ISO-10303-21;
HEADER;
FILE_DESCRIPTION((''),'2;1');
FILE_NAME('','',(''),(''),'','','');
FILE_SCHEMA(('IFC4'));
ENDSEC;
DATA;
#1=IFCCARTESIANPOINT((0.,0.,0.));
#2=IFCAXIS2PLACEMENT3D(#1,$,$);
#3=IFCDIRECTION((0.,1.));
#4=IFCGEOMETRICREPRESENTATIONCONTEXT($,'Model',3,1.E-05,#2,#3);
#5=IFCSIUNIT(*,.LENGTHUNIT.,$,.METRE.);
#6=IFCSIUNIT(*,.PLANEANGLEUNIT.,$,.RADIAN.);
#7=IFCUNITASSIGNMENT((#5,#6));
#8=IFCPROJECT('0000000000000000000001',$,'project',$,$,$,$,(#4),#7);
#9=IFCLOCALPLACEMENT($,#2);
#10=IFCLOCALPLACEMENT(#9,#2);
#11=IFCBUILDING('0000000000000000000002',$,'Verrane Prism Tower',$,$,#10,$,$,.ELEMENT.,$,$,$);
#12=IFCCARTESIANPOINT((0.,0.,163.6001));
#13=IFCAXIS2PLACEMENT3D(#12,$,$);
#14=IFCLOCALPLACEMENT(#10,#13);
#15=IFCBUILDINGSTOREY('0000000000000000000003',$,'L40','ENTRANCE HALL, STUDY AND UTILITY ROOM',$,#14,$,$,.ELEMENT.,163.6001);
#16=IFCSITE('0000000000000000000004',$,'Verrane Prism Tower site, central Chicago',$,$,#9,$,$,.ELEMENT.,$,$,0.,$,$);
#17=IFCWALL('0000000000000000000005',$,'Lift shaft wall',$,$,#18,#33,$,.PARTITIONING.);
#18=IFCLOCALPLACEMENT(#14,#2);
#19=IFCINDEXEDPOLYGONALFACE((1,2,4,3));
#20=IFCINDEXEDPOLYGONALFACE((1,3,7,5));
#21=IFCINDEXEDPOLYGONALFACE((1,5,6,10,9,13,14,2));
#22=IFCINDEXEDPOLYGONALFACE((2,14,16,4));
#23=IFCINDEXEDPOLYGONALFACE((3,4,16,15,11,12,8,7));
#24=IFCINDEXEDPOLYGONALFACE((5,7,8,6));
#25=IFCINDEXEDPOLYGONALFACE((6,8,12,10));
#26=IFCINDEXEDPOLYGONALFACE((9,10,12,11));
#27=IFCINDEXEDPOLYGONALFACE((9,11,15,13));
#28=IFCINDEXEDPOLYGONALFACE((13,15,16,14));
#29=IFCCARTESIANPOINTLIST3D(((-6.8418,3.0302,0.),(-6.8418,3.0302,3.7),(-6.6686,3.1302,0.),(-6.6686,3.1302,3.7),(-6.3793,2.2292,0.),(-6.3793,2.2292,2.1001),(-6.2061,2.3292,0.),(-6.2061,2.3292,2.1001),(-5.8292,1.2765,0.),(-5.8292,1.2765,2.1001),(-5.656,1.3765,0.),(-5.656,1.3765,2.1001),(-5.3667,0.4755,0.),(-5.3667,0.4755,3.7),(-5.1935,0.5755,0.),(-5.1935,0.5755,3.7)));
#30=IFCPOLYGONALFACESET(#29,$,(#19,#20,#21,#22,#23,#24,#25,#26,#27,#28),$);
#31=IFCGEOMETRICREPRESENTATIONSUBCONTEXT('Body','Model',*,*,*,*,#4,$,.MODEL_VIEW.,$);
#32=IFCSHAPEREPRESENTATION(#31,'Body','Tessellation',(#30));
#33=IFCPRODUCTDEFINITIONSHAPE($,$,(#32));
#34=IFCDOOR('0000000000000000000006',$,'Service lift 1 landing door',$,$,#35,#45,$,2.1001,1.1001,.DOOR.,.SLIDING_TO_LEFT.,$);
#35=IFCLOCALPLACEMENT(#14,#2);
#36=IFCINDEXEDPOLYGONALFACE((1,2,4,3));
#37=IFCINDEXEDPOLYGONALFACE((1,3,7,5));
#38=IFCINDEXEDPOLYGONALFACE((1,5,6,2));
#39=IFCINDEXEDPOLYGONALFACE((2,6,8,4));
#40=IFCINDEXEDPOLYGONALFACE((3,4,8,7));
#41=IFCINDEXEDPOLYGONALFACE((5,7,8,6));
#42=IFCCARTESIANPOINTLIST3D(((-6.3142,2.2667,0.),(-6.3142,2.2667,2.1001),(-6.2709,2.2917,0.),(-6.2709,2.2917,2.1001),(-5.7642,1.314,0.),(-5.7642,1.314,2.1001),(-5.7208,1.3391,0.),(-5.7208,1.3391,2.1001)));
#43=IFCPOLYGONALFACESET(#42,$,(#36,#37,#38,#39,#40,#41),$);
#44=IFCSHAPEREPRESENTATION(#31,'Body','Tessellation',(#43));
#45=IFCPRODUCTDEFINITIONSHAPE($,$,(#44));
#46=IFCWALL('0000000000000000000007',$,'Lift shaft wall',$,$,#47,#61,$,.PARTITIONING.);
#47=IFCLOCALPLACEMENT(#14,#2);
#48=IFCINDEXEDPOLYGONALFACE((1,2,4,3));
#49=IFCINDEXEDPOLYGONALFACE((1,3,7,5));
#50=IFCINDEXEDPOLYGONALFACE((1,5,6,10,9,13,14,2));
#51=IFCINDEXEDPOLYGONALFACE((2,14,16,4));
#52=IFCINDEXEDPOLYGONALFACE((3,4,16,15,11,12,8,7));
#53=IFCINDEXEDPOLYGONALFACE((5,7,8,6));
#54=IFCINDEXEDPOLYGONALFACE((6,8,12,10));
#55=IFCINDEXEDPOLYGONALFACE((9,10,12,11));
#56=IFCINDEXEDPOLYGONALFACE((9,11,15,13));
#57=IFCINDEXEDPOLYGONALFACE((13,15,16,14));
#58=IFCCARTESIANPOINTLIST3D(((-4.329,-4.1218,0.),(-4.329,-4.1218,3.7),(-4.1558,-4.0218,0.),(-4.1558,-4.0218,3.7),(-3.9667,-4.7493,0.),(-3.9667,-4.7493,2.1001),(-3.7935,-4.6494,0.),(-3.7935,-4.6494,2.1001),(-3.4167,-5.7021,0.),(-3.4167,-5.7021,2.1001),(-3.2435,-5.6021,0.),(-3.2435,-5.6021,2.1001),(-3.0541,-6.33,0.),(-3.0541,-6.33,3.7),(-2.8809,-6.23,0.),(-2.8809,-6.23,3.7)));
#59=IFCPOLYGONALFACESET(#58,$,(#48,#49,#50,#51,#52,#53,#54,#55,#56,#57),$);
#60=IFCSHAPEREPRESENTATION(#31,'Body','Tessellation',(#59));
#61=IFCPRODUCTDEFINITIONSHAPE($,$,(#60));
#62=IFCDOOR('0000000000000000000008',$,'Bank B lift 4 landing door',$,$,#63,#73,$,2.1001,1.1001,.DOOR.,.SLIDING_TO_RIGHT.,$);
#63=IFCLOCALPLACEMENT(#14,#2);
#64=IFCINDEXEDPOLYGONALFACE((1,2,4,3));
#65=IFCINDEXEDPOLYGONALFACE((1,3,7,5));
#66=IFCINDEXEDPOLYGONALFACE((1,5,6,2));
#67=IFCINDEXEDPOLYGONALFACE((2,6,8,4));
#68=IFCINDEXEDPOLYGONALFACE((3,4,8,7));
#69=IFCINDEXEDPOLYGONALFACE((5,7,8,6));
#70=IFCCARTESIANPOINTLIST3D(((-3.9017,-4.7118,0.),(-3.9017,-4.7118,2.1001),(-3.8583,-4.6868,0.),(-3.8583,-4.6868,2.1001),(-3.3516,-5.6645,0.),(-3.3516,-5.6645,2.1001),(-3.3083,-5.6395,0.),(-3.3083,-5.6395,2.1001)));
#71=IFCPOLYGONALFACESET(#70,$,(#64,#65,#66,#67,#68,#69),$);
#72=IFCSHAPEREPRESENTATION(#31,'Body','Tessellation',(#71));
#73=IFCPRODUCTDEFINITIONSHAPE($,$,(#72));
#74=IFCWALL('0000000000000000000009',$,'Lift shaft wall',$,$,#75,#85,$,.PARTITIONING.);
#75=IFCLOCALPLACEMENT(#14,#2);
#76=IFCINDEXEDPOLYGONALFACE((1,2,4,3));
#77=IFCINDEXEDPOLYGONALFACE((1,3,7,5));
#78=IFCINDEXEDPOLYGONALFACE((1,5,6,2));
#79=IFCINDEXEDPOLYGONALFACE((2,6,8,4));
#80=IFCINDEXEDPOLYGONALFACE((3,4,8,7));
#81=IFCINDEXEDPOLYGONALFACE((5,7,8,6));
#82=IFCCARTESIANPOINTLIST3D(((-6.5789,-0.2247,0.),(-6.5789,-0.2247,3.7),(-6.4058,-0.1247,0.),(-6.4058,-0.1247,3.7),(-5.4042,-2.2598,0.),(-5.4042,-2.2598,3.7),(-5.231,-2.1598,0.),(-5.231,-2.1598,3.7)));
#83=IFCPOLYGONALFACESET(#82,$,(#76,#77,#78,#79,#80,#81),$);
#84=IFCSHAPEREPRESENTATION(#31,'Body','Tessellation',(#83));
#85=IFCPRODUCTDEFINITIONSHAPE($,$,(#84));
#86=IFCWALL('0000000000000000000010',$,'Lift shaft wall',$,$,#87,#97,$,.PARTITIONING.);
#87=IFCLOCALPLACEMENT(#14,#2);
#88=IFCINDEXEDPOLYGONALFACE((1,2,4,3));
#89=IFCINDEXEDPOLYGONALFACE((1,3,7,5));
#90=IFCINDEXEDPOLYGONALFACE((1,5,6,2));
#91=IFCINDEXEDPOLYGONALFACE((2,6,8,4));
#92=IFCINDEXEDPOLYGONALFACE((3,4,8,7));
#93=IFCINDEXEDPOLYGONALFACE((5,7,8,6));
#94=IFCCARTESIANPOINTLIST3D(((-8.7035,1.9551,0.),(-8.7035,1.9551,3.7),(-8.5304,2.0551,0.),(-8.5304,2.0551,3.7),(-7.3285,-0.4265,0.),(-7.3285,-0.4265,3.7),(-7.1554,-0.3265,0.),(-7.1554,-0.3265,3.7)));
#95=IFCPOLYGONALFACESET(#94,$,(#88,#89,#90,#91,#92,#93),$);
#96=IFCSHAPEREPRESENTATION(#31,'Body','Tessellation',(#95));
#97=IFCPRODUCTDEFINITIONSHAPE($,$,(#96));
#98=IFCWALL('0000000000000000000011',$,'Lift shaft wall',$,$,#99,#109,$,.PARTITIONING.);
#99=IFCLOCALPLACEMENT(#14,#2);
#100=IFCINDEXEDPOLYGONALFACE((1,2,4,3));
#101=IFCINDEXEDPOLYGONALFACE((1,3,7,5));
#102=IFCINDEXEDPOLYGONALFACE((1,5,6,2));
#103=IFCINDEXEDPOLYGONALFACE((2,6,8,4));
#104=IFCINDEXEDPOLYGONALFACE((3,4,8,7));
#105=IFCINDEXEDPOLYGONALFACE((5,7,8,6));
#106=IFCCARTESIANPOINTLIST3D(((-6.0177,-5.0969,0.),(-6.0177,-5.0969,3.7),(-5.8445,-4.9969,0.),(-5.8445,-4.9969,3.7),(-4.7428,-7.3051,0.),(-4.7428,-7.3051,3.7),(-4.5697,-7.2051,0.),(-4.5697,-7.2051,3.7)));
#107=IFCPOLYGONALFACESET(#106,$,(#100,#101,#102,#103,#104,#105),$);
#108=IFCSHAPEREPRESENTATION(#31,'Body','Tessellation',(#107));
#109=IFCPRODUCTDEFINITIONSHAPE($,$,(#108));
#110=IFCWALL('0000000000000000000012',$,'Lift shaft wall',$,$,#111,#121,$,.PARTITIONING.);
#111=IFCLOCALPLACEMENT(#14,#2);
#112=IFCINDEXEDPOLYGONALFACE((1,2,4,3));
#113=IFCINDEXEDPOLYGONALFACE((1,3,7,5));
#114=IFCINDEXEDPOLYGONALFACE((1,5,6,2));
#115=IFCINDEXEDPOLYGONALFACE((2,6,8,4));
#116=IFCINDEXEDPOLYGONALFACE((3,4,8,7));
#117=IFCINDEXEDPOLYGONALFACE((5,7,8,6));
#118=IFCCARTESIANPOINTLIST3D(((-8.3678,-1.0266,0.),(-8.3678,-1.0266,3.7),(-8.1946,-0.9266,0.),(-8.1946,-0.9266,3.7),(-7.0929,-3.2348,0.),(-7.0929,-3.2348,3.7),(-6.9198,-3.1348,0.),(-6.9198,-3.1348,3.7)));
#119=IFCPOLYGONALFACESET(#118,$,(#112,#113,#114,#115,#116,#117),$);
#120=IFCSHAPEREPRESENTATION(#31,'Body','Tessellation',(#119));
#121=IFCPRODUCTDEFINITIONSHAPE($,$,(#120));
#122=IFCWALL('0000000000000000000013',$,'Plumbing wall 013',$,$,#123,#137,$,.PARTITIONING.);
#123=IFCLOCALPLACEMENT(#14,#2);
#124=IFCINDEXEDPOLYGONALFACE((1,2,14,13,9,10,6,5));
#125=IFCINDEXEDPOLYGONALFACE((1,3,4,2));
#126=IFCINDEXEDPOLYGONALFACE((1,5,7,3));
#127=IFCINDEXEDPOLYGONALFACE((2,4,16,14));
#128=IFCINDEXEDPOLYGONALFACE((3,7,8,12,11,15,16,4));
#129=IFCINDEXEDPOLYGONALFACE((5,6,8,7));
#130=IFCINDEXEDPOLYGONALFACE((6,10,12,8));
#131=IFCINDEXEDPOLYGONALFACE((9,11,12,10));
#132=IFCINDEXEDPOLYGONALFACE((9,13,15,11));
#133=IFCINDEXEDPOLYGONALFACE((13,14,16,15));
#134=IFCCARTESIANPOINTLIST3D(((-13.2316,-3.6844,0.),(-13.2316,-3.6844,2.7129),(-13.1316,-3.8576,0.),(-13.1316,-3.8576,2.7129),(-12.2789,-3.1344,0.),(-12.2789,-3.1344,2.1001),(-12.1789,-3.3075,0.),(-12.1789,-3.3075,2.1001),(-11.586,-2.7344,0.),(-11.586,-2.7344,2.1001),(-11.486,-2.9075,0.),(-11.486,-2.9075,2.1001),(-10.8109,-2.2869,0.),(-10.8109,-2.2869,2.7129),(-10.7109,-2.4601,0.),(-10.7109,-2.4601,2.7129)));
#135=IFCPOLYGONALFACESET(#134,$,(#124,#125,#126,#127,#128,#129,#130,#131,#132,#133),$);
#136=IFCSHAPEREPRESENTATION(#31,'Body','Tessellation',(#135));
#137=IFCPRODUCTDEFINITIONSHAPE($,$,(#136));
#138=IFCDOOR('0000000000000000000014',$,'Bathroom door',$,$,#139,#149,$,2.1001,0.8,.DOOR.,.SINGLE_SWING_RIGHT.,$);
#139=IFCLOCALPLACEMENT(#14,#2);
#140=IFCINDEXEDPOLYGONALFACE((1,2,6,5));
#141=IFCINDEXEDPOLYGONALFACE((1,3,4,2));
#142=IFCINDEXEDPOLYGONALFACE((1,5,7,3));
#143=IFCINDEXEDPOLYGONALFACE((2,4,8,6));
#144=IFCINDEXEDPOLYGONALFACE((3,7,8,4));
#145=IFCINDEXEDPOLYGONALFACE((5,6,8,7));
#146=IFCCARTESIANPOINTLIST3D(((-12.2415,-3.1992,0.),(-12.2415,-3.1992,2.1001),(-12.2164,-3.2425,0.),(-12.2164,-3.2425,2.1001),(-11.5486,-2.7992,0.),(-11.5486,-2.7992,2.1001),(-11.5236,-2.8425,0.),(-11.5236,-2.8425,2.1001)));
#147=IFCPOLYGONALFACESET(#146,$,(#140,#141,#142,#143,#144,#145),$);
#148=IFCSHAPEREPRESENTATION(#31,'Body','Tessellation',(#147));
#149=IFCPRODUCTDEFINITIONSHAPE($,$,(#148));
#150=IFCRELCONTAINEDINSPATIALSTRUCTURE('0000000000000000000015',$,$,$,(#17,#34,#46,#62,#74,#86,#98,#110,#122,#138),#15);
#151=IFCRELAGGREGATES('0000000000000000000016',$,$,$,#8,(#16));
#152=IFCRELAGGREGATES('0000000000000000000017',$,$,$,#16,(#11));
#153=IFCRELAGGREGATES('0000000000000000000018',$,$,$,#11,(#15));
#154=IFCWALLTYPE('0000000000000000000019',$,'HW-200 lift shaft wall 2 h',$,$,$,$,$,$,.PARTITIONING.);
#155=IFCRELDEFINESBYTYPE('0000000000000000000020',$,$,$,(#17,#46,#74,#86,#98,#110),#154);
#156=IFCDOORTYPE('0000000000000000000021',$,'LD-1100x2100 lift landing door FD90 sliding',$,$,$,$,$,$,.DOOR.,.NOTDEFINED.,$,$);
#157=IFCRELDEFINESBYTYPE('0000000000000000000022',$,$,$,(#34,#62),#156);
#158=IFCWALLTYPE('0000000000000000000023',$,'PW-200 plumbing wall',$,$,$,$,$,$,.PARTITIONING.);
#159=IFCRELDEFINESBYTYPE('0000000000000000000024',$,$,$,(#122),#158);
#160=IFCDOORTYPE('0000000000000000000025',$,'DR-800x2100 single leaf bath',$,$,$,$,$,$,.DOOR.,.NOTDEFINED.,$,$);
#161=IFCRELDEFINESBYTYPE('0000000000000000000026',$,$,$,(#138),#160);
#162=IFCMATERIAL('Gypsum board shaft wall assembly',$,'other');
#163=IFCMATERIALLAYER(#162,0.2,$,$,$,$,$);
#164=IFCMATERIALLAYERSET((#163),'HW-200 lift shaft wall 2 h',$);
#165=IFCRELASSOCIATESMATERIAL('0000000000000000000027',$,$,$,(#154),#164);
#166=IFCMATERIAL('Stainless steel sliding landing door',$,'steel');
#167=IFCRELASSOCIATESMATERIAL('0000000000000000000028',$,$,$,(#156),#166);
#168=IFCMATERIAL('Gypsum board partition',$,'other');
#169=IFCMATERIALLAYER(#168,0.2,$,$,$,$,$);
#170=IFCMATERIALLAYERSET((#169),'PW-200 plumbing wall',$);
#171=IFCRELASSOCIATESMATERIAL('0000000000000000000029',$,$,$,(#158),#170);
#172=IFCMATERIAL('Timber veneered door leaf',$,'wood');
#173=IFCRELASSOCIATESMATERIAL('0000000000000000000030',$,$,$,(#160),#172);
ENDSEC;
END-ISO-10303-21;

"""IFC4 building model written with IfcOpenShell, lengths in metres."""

from ifc_helpers import new_model, si_unit, direction, frame, frame_2d, origin, place, context, subcontext, project, spatial, rectangle, extrude, material, layer, layer_set, type_object, element, fill, save


model = new_model("IFC4")

# Units and contexts
model_context = context("Model", 3, precision=1e-05, world=origin(), true_north=direction((0.0, 1.0)))
body_context = subcontext(model_context, "Body", "Model", "MODEL_VIEW")
ifc_project = project(units=[si_unit("LENGTHUNIT", "METRE"), si_unit("PLANEANGLEUNIT", "RADIAN")], contexts=[model_context])

# Site, building, storey
site_placement = place(None, origin())
site = spatial("IfcSite", under=ifc_project, at=site_placement, Name="Verrane Prism Tower site, central Chicago", CompositionType="ELEMENT", RefElevation=0.0)
building_placement = place(site_placement, origin())
building = spatial("IfcBuilding", under=site, at=building_placement, Name="Verrane Prism Tower", CompositionType="ELEMENT")
storey_placement = place(building_placement, frame((0.0, 0.0, 163.6001)))
storey = spatial("IfcBuildingStorey", under=building, at=storey_placement, Name="L40", Description="ENTRANCE HALL, STUDY AND UTILITY ROOM", CompositionType="ELEMENT", Elevation=163.6001)

# Shared definitions
ifc_material_1 = material(Name="Gypsum board shaft wall assembly", Category="other")
ifc_layer_1 = layer(ifc_material_1, 0.2)
ifc_layer_set_1 = layer_set([ifc_layer_1], Name="HW-200 lift shaft wall 2 h")
wall_type_1 = type_object("IfcWallType", Name="HW-200 lift shaft wall 2 h", PredefinedType="PARTITIONING", material=ifc_layer_set_1)
ifc_material_2 = material(Name="Stainless steel sliding landing door", Category="steel")
door_type_1 = type_object("IfcDoorType", Name="LD-1100x2100 lift landing door FD90 sliding", OperationType="NOTDEFINED", PredefinedType="DOOR", material=ifc_material_2)

# Walls, openings, doors
wall_1_placement = place(storey_placement, frame((-5.28, 0.5254, 0.0), z_axis=(0.0, 0.0, 1.0), x_axis=(-0.500038, 0.866004, 0.0)))
wall_1 = element("IfcWall", 1, at=wall_1_placement, inside=storey, type_object=wall_type_1, Name="Lift shaft wall", PredefinedType="PARTITIONING", context=body_context, shape_type="SweptSolid", body=[
    extrude(rectangle(XDim=2.95, YDim=0.2, at=frame_2d((1.4751, 0.0))), origin(), (0.0, 0.0, 1.0), 3.7),
])
opening_1_placement = place(wall_1_placement, frame((0.925, 0.0, 0.0)))
opening_1 = element("IfcOpeningElement", 2, at=opening_1_placement, cuts=wall_1, PredefinedType="OPENING", context=body_context, shape_type="SweptSolid", body=[
    extrude(rectangle(XDim=1.1001, YDim=2.1001, at=frame_2d((0.55, 1.05))), frame((0.0, 0.1099, 0.0), z_axis=(0.0, -1.0, 0.0), x_axis=(1.0, 0.0, 0.0)), (0.0, 0.0, 1.0), 0.22),
])
door_1_placement = place(opening_1_placement, origin())
door_1 = element("IfcDoor", 3, at=door_1_placement, inside=storey, type_object=door_type_1, Name="Service lift 1 landing door", OperationType="SLIDING_TO_LEFT", OverallHeight=2.1001, OverallWidth=1.1001, PredefinedType="DOOR", context=body_context, shape_type="SweptSolid", body=[
    extrude(rectangle(XDim=1.1001, YDim=2.1001, at=frame_2d((0.55, 1.05))), frame((0.0, 0.0249, 0.0), z_axis=(0.0, -1.0, 0.0), x_axis=(1.0, 0.0, 0.0)), (0.0, 0.0, 1.0), 0.05),
])
fill(opening_1, door_1)
wall_2_placement = place(storey_placement, frame((-2.9675, -6.28, 0.0), z_axis=(0.0, 0.0, 1.0), x_axis=(-0.49999, 0.866031, 0.0)))
wall_2 = element("IfcWall", 4, at=wall_2_placement, inside=storey, type_object=wall_type_1, Name="Lift shaft wall", PredefinedType="PARTITIONING", context=body_context, shape_type="SweptSolid", body=[
    extrude(rectangle(XDim=2.5498, YDim=0.2, at=frame_2d((1.2749, 0.0))), origin(), (0.0, 0.0, 1.0), 3.7),
])
opening_2_placement = place(wall_2_placement, frame((0.7251, 0.0, 0.0)))
opening_2 = element("IfcOpeningElement", 5, at=opening_2_placement, cuts=wall_2, PredefinedType="OPENING", context=body_context, shape_type="SweptSolid", body=[
    extrude(rectangle(XDim=1.1001, YDim=2.1001, at=frame_2d((0.55, 1.05))), frame((0.0, 0.1099, 0.0), z_axis=(0.0, -1.0, 0.0), x_axis=(1.0, 0.0, 0.0)), (0.0, 0.0, 1.0), 0.22),
])
door_2_placement = place(opening_2_placement, origin())
door_2 = element("IfcDoor", 6, at=door_2_placement, inside=storey, type_object=door_type_1, Name="Bank B lift 4 landing door", OperationType="SLIDING_TO_RIGHT", OverallHeight=2.1001, OverallWidth=1.1001, PredefinedType="DOOR", context=body_context, shape_type="SweptSolid", body=[
    extrude(rectangle(XDim=1.1001, YDim=2.1001, at=frame_2d((0.55, 1.05))), frame((0.0, 0.0249, 0.0), z_axis=(0.0, -1.0, 0.0), x_axis=(1.0, 0.0, 0.0)), (0.0, 0.0, 1.0), 0.05),
])
fill(opening_2, door_2)

# Walls
wall_3_placement = place(storey_placement, frame((-5.3176, -2.2097, 0.0), z_axis=(0.0, 0.0, 1.0), x_axis=(-0.499938, 0.866061, 0.0)))
element("IfcWall", 7, at=wall_3_placement, inside=storey, type_object=wall_type_1, Name="Lift shaft wall", PredefinedType="PARTITIONING", context=body_context, shape_type="SweptSolid", body=[
    extrude(rectangle(XDim=2.3499, YDim=0.2, at=frame_2d((1.1748, 0.0))), origin(), (0.0, 0.0, 1.0), 3.7),
])
wall_4_placement = place(storey_placement, frame((-7.2419, -0.3765, 0.0), z_axis=(0.0, 0.0, 1.0), x_axis=(-0.499997, 0.866027, 0.0)))
element("IfcWall", 8, at=wall_4_placement, inside=storey, type_object=wall_type_1, Name="Lift shaft wall", PredefinedType="PARTITIONING", context=body_context, shape_type="SweptSolid", body=[
    extrude(rectangle(XDim=2.75, YDim=0.2, at=frame_2d((1.375, 0.0))), origin(), (0.0, 0.0, 1.0), 3.7),
])
for number, where, z_axis, x_axis, name in (
    (9, (-4.6562, -7.2551, 0.0), (0.0, 0.0, 1.0), (-0.49999, 0.866031, 0.0), "Lift shaft wall"),
    (10, (-7.0063, -3.1848, 0.0), (0.0, 0.0, 1.0), (-0.49999, 0.866031, 0.0), "Lift shaft wall"),
):
    element("IfcWall", number, at=place(storey_placement, frame(where, z_axis=z_axis, x_axis=x_axis)), inside=storey, type_object=wall_type_1, Name=name, PredefinedType="PARTITIONING", context=body_context, shape_type="SweptSolid", body=[
        extrude(rectangle(XDim=2.5498, YDim=0.2, at=frame_2d((1.2749, 0.0))), origin(), (0.0, 0.0, 1.0), 3.7),
    ])

# Wall, opening, door
ifc_material_3 = material(Name="Gypsum board partition", Category="other")
ifc_layer_2 = layer(ifc_material_3, 0.2)
ifc_layer_set_2 = layer_set([ifc_layer_2], Name="PW-200 plumbing wall")
wall_type_2 = type_object("IfcWallType", Name="PW-200 plumbing wall", PredefinedType="PARTITIONING", material=ifc_layer_set_2)
wall_5_placement = place(storey_placement, frame((-10.761, -2.3735, 0.0), z_axis=(0.0, 0.0, 1.0), x_axis=(-0.866042, -0.499972, 0.0)))
wall_5 = element("IfcWall", 11, at=wall_5_placement, inside=storey, type_object=wall_type_2, Name="Plumbing wall 013", PredefinedType="PARTITIONING", context=body_context, shape_type="SweptSolid", body=[
    extrude(rectangle(XDim=2.7952, YDim=0.2, at=frame_2d((1.3975, 0.0))), origin(), (0.0, 0.0, 1.0), 2.7129),
])
opening_3_placement = place(wall_5_placement, frame((0.895, 0.0, 0.0)))
opening_3 = element("IfcOpeningElement", 12, at=opening_3_placement, cuts=wall_5, PredefinedType="OPENING", context=body_context, shape_type="SweptSolid", body=[
    extrude(rectangle(XDim=0.8, YDim=2.1001, at=frame_2d((0.3999, 1.05))), frame((0.0, 0.1099, 0.0), z_axis=(0.0, -1.0, 0.0), x_axis=(1.0, 0.0, 0.0)), (0.0, 0.0, 1.0), 0.22),
])
ifc_material_4 = material(Name="Timber veneered door leaf", Category="wood")
door_type_2 = type_object("IfcDoorType", Name="DR-800x2100 single leaf bath", OperationType="NOTDEFINED", PredefinedType="DOOR", material=ifc_material_4)
door_3_placement = place(opening_3_placement, origin())
door_3 = element("IfcDoor", 13, at=door_3_placement, inside=storey, type_object=door_type_2, Name="Bathroom door", OperationType="SINGLE_SWING_RIGHT", OverallHeight=2.1001, OverallWidth=0.8, PredefinedType="DOOR", context=body_context, shape_type="SweptSolid", body=[
    extrude(rectangle(XDim=0.8, YDim=2.1001, at=frame_2d((0.3999, 1.05))), frame((0.0, 0.0249, 0.0), z_axis=(0.0, -1.0, 0.0), x_axis=(1.0, 0.0, 0.0)), (0.0, 0.0, 1.0), 0.05),
])
fill(opening_3, door_3)

save(model, "model.ifc")
